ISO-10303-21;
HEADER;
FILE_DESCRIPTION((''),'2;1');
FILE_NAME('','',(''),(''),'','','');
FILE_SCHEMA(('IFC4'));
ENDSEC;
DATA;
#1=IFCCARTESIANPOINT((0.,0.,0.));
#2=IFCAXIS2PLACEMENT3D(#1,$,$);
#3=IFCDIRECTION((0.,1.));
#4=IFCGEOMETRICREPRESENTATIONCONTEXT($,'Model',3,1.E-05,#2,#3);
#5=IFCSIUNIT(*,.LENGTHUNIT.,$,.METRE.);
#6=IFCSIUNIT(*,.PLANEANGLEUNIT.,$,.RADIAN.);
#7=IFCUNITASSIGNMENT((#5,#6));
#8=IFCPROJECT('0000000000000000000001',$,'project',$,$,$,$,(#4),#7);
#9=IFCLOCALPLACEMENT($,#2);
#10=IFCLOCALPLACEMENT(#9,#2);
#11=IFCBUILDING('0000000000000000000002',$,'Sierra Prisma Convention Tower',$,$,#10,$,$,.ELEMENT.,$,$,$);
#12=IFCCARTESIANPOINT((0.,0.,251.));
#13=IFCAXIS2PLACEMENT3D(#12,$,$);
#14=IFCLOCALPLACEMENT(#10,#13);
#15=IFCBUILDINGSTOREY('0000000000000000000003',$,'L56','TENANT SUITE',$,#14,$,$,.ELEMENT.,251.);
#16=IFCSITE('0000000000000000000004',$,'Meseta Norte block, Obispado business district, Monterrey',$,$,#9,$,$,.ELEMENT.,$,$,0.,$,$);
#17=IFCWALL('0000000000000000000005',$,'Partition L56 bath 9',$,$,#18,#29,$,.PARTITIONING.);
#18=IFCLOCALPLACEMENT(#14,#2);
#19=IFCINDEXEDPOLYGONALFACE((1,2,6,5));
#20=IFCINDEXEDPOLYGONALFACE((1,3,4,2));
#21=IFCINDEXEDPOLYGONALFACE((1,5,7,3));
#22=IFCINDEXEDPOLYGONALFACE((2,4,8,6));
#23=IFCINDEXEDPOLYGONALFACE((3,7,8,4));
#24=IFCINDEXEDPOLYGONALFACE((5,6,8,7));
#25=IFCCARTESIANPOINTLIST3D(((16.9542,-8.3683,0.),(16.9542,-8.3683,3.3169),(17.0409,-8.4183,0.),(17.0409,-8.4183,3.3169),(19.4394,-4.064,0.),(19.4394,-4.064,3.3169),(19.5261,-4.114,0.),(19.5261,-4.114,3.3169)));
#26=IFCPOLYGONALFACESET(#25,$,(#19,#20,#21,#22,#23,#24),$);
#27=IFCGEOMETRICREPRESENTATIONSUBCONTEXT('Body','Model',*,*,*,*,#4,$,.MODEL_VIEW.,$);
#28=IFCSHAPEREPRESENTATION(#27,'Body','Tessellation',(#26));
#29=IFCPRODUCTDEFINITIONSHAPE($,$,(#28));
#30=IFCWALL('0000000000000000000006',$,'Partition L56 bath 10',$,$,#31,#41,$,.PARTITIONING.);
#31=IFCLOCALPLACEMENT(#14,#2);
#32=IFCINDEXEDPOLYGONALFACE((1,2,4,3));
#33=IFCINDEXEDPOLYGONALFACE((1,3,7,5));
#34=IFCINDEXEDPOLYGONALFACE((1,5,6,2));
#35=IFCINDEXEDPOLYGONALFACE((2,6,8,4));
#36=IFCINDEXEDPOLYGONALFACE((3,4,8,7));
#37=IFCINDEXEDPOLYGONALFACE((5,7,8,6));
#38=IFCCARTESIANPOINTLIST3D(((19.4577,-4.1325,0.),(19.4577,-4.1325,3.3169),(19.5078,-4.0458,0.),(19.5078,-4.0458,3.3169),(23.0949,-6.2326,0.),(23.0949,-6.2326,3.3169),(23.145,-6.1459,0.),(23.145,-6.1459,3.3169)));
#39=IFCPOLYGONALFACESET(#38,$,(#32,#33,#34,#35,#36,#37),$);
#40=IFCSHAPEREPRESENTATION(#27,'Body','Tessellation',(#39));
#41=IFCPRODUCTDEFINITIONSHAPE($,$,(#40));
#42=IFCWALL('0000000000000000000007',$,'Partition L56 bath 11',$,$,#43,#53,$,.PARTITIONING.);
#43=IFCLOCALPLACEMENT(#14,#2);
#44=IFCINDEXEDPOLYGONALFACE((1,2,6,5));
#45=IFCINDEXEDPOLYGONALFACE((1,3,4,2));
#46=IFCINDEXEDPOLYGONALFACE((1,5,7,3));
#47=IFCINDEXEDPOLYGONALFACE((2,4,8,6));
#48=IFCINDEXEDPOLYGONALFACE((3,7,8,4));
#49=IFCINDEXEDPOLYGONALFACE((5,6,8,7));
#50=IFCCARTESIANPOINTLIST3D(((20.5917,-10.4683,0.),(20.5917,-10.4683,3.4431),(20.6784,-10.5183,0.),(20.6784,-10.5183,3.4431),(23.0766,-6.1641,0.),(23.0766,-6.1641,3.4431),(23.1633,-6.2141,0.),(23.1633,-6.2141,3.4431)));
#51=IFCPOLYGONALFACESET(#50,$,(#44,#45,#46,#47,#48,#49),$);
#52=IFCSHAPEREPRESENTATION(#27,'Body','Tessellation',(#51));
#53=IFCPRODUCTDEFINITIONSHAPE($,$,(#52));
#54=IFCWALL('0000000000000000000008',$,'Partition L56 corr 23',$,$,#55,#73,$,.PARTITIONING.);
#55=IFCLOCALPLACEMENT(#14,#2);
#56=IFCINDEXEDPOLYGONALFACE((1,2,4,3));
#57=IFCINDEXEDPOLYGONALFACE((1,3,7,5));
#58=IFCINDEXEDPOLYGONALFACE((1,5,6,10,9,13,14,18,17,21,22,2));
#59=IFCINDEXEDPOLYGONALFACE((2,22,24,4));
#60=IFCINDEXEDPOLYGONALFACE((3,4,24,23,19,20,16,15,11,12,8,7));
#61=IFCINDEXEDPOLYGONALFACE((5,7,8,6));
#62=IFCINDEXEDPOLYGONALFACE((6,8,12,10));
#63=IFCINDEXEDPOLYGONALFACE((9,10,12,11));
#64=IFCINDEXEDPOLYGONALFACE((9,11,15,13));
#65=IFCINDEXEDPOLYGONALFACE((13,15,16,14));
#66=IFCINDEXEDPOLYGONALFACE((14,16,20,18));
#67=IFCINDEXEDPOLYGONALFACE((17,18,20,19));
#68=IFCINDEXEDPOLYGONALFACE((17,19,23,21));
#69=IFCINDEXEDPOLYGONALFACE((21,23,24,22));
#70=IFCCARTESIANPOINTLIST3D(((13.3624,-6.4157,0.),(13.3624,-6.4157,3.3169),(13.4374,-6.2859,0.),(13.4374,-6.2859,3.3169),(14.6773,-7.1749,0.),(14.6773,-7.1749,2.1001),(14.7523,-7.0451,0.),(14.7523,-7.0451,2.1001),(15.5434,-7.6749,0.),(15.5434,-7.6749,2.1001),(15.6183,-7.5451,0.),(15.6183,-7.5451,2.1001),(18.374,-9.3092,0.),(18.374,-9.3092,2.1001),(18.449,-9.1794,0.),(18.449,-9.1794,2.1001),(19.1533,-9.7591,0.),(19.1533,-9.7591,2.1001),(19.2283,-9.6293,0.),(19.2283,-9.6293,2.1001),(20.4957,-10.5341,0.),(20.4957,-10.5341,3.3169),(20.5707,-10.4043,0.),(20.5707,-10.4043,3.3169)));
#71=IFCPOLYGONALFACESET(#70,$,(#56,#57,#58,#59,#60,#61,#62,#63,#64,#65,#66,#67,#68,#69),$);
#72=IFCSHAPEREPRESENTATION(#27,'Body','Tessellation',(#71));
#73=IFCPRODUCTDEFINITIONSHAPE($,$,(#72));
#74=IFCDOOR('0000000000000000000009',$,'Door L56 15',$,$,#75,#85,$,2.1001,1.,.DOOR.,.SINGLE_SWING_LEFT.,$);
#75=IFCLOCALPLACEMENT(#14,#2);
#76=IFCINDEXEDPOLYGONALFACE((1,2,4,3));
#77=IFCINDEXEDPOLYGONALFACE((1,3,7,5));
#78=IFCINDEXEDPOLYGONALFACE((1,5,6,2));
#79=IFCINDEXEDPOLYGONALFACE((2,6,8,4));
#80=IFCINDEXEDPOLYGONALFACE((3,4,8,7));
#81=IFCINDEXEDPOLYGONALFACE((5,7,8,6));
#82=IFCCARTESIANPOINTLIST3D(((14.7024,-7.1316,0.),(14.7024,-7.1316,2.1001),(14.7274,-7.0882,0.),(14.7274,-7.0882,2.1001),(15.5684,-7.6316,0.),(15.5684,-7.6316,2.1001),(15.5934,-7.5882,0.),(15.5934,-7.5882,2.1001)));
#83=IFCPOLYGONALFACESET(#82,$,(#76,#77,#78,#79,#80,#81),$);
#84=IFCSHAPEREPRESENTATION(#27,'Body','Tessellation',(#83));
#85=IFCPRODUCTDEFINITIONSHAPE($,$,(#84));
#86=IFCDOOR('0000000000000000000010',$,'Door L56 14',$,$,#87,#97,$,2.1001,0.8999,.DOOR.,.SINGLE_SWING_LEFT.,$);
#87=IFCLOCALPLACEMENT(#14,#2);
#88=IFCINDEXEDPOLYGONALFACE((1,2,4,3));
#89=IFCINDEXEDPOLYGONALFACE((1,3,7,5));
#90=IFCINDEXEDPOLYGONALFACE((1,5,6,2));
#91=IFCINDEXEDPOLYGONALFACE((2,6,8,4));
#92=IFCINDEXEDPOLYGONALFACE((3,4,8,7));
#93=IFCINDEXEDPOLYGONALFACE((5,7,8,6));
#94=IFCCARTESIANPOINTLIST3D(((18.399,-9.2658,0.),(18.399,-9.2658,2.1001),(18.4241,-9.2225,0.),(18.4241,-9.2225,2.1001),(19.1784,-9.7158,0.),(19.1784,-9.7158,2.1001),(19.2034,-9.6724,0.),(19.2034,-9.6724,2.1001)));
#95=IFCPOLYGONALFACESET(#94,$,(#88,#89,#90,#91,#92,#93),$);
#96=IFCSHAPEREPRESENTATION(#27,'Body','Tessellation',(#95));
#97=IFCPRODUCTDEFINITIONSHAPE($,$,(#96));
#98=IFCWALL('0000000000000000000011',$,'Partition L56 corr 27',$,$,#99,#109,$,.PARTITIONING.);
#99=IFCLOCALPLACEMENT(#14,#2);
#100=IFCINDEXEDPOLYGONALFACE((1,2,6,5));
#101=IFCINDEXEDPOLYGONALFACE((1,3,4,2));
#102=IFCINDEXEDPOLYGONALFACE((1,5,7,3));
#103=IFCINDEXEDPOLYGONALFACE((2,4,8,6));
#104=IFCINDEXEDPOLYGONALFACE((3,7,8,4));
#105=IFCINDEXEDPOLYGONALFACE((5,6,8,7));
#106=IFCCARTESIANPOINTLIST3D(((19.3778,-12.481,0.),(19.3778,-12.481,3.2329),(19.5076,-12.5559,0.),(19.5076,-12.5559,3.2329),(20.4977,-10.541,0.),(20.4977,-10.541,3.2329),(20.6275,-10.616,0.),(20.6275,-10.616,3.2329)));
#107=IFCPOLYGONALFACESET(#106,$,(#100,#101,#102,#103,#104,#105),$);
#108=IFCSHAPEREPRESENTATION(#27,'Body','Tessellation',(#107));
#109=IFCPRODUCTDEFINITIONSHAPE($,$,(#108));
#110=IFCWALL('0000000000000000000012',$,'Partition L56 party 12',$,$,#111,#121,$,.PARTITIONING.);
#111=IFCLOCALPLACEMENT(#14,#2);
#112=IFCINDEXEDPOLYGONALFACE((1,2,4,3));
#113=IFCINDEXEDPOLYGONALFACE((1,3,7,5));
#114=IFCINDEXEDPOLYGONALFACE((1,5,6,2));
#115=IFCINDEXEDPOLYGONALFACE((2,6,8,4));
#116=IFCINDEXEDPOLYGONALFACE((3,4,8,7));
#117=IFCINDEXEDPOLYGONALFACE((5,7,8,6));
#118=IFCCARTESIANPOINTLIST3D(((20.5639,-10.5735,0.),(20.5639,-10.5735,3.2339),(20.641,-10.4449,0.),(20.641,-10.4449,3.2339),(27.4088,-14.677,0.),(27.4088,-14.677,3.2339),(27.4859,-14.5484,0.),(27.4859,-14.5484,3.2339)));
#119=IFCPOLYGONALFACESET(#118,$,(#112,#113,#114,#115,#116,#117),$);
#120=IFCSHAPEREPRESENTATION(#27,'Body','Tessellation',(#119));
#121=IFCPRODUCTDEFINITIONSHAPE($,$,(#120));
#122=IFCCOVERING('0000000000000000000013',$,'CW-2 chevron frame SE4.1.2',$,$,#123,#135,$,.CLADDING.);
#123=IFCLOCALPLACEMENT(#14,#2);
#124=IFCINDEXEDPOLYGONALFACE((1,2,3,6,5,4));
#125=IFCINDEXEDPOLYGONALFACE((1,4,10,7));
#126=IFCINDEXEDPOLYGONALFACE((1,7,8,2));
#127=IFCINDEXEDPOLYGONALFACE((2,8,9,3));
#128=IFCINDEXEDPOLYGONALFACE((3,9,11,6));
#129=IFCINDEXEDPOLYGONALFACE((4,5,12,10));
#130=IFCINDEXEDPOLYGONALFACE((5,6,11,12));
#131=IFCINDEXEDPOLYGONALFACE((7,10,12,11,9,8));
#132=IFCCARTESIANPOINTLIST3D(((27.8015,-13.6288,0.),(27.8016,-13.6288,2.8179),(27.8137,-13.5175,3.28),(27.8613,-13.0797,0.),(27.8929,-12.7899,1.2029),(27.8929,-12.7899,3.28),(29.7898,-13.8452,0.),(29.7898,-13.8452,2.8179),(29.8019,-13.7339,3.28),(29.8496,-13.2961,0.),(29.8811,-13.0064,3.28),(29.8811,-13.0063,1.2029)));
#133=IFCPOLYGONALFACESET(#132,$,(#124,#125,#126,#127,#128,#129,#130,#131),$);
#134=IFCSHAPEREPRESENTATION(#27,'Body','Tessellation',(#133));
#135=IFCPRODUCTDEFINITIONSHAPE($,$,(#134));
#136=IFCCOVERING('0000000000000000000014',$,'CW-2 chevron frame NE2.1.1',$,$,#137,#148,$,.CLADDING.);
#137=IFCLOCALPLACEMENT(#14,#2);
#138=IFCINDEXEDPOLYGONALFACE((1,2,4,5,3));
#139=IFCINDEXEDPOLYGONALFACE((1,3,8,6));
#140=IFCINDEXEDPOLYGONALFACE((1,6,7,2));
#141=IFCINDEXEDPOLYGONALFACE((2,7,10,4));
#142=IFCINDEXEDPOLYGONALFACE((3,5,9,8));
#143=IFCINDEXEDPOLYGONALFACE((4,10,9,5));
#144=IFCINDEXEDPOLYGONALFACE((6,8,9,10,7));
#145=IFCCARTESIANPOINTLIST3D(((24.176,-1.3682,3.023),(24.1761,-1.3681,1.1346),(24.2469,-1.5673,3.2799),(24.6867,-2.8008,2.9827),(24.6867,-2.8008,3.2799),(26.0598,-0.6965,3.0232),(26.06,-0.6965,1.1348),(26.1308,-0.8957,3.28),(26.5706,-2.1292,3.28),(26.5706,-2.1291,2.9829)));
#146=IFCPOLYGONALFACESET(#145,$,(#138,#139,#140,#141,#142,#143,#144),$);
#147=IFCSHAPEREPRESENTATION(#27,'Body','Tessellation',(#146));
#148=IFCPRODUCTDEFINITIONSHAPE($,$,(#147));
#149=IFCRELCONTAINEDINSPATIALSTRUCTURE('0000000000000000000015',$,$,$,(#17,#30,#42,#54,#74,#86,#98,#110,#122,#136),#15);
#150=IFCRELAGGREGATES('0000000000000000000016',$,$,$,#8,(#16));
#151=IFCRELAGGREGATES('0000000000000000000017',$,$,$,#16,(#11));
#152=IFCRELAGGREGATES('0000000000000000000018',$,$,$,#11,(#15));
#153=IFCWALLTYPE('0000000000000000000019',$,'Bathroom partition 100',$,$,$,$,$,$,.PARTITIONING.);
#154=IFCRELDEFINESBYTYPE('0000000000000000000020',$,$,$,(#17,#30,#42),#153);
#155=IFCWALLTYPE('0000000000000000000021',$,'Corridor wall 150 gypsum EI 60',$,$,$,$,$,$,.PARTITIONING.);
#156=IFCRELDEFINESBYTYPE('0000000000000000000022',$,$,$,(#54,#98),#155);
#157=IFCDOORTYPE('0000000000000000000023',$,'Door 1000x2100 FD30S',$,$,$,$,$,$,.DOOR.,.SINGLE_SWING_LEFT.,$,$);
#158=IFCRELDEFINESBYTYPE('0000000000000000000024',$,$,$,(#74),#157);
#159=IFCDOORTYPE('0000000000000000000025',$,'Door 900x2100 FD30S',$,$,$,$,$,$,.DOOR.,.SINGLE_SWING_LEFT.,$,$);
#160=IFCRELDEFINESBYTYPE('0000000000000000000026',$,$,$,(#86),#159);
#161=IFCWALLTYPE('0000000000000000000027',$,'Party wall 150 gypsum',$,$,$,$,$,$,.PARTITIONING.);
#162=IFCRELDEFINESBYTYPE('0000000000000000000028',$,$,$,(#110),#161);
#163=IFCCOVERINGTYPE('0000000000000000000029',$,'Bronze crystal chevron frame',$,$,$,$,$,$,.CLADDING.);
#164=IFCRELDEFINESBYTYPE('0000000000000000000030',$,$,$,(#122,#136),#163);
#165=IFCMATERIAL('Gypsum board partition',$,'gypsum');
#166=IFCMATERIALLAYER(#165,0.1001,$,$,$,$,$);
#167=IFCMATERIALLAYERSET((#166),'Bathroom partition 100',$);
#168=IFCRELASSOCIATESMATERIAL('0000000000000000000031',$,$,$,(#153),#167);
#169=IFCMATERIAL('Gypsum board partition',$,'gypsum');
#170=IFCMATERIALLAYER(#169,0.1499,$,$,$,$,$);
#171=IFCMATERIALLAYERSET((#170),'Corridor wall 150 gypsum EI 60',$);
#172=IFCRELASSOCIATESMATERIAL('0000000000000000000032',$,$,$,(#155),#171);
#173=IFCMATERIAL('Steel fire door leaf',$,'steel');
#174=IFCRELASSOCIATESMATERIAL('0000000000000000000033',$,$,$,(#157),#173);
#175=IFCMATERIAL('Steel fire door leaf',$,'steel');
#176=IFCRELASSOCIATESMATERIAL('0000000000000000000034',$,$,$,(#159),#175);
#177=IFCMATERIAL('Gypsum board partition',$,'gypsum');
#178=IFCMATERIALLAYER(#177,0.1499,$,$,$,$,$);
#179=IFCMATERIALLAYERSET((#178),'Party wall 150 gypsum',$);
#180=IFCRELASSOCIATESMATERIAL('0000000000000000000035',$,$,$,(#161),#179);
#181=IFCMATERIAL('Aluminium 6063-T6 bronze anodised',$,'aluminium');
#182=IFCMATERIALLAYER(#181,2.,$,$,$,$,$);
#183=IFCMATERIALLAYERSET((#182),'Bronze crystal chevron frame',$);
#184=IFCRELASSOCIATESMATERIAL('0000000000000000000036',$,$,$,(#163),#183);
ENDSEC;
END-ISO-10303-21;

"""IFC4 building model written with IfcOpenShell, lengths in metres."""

from ifc_helpers import new_model, si_unit, direction, frame, frame_2d, origin, place, context, subcontext, project, spatial, polyline, rectangle, outline, extrude, material, layer, layer_set, type_object, element, fill, save


model = new_model("IFC4")

# Units and contexts
model_context = context("Model", 3, precision=1e-05, world=origin(), true_north=direction((0.0, 1.0)))
body_context = subcontext(model_context, "Body", "Model", "MODEL_VIEW")
ifc_project = project(units=[si_unit("LENGTHUNIT", "METRE"), si_unit("PLANEANGLEUNIT", "RADIAN")], contexts=[model_context])

# Site, building, storey
site_placement = place(None, origin())
site = spatial("IfcSite", under=ifc_project, at=site_placement, Name="Meseta Norte block, Obispado business district, Monterrey", CompositionType="ELEMENT", RefElevation=0.0)
building_placement = place(site_placement, origin())
building = spatial("IfcBuilding", under=site, at=building_placement, Name="Sierra Prisma Convention Tower", CompositionType="ELEMENT")
storey_placement = place(building_placement, frame((0.0, 0.0, 251.0)))
storey = spatial("IfcBuildingStorey", under=building, at=storey_placement, Name="L56", Description="TENANT SUITE", CompositionType="ELEMENT", Elevation=251.0)

# Walls
ifc_material_1 = material(Name="Gypsum board partition", Category="gypsum")
ifc_layer_1 = layer(ifc_material_1, 0.1001)
ifc_layer_set_1 = layer_set([ifc_layer_1], Name="Bathroom partition 100")
wall_type_1 = type_object("IfcWallType", Name="Bathroom partition 100", PredefinedType="PARTITIONING", material=ifc_layer_set_1)
wall_1_placement = place(storey_placement, frame((16.9976, -8.3933, 0.0), z_axis=(0.0, 0.0, 1.0), x_axis=(0.500012, 0.866019, 0.0)))
element("IfcWall", 1, at=wall_1_placement, inside=storey, type_object=wall_type_1, Name="Partition L56 bath 9", PredefinedType="PARTITIONING", context=body_context, shape_type="SweptSolid", body=[
    extrude(rectangle(XDim=4.9702, YDim=0.1001, at=frame_2d((2.4851, 0.0))), origin(), (0.0, 0.0, 1.0), 3.3169),
])
wall_2_placement = place(storey_placement, frame((19.4827, -4.0891, 0.0), z_axis=(0.0, 0.0, 1.0), x_axis=(0.866009, -0.500028, 0.0)))
element("IfcWall", 2, at=wall_2_placement, inside=storey, type_object=wall_type_1, Name="Partition L56 bath 10", PredefinedType="PARTITIONING", context=body_context, shape_type="SweptSolid", body=[
    extrude(rectangle(XDim=4.2, YDim=0.1001, at=frame_2d((2.1001, 0.0))), origin(), (0.0, 0.0, 1.0), 3.3169),
])
wall_3_placement = place(storey_placement, frame((23.1199, -6.1892, 0.0), z_axis=(0.0, 0.0, 1.0), x_axis=(-0.499975, -0.86604, 0.0)))
element("IfcWall", 3, at=wall_3_placement, inside=storey, type_object=wall_type_1, Name="Partition L56 bath 11", PredefinedType="PARTITIONING", context=body_context, shape_type="SweptSolid", body=[
    extrude(rectangle(XDim=4.97, YDim=0.1001, at=frame_2d((2.4849, 0.0))), origin(), (0.0, 0.0, 1.0), 3.4431),
])

# Wall, openings, doors
ifc_material_2 = material(Name="Gypsum board partition", Category="gypsum")
ifc_layer_2 = layer(ifc_material_2, 0.1499)
ifc_layer_set_2 = layer_set([ifc_layer_2], Name="Corridor wall 150 gypsum EI 60")
wall_type_2 = type_object("IfcWallType", Name="Corridor wall 150 gypsum EI 60", PredefinedType="PARTITIONING", material=ifc_layer_set_2)
wall_4_placement = place(storey_placement, frame((20.5332, -10.4692, 0.0), z_axis=(0.0, 0.0, 1.0), x_axis=(-0.866026, 0.5, 0.0)))
wall_4 = element("IfcWall", 4, at=wall_4_placement, inside=storey, type_object=wall_type_2, Name="Partition L56 corr 23", PredefinedType="PARTITIONING", context=body_context, shape_type="SweptSolid", body=[
    extrude(rectangle(XDim=8.2368, YDim=0.1499, at=frame_2d((4.1184, 0.0))), origin(), (0.0, 0.0, 1.0), 3.3169),
])
opening_1_placement = place(wall_4_placement, frame((1.55, 0.0, 0.0)))
opening_1 = element("IfcOpeningElement", 5, at=opening_1_placement, cuts=wall_4, PredefinedType="OPENING", context=body_context, shape_type="SweptSolid", body=[
    extrude(rectangle(XDim=0.8999, YDim=2.1001, at=frame_2d((0.45, 1.05))), frame((0.0, 0.075, 0.0), z_axis=(0.0, -1.0, 0.0), x_axis=(1.0, 0.0, 0.0)), (0.0, 0.0, 1.0), 0.1499),
])
opening_2_placement = place(wall_4_placement, frame((5.7185, 0.0, 0.0)))
opening_2 = element("IfcOpeningElement", 6, at=opening_2_placement, cuts=wall_4, PredefinedType="OPENING", context=body_context, shape_type="SweptSolid", body=[
    extrude(rectangle(XDim=1.0, YDim=2.1001, at=frame_2d((0.5, 1.05))), frame((0.0, 0.075, 0.0), z_axis=(0.0, -1.0, 0.0), x_axis=(1.0, 0.0, 0.0)), (0.0, 0.0, 1.0), 0.1499),
])
ifc_material_3 = material(Name="Steel fire door leaf", Category="steel")
door_type_1 = type_object("IfcDoorType", Name="Door 1000x2100 FD30S", OperationType="SINGLE_SWING_LEFT", PredefinedType="DOOR", material=ifc_material_3)
door_1_placement = place(opening_2_placement, origin())
door_1 = element("IfcDoor", 7, at=door_1_placement, inside=storey, type_object=door_type_1, Name="Door L56 15", OperationType="SINGLE_SWING_LEFT", OverallHeight=2.1001, OverallWidth=1.0, PredefinedType="DOOR", context=body_context, shape_type="SweptSolid", body=[
    extrude(rectangle(XDim=1.0, YDim=2.1001, at=frame_2d((0.5, 1.05))), frame((0.0, 0.0249, 0.0), z_axis=(0.0, -1.0, 0.0), x_axis=(1.0, 0.0, 0.0)), (0.0, 0.0, 1.0), 0.05),
])
fill(opening_2, door_1)
ifc_material_4 = material(Name="Steel fire door leaf", Category="steel")
door_type_2 = type_object("IfcDoorType", Name="Door 900x2100 FD30S", OperationType="SINGLE_SWING_LEFT", PredefinedType="DOOR", material=ifc_material_4)
door_2_placement = place(opening_1_placement, origin())
door_2 = element("IfcDoor", 8, at=door_2_placement, inside=storey, type_object=door_type_2, Name="Door L56 14", OperationType="SINGLE_SWING_LEFT", OverallHeight=2.1001, OverallWidth=0.8999, PredefinedType="DOOR", context=body_context, shape_type="SweptSolid", body=[
    extrude(rectangle(XDim=0.8999, YDim=2.1001, at=frame_2d((0.45, 1.05))), frame((0.0, 0.0249, 0.0), z_axis=(0.0, -1.0, 0.0), x_axis=(1.0, 0.0, 0.0)), (0.0, 0.0, 1.0), 0.05),
])
fill(opening_1, door_2)

# Walls
wall_5_placement = place(storey_placement, frame((19.4426, -12.5186, 0.0), z_axis=(0.0, 0.0, 1.0), x_axis=(0.499949, 0.866055, 0.0)))
element("IfcWall", 9, at=wall_5_placement, inside=storey, type_object=wall_type_2, Name="Partition L56 corr 27", PredefinedType="PARTITIONING", context=body_context, shape_type="SweptSolid", body=[
    extrude(rectangle(XDim=2.24, YDim=0.1499, at=frame_2d((1.1201, 0.0))), origin(), (0.0, 0.0, 1.0), 3.2329),
])
ifc_material_5 = material(Name="Gypsum board partition", Category="gypsum")
ifc_layer_3 = layer(ifc_material_5, 0.1499)
ifc_layer_set_3 = layer_set([ifc_layer_3], Name="Party wall 150 gypsum")
wall_type_3 = type_object("IfcWallType", Name="Party wall 150 gypsum", PredefinedType="PARTITIONING", material=ifc_layer_set_3)
wall_6_placement = place(storey_placement, frame((20.6025, -10.5093, 0.0), z_axis=(0.0, 0.0, 1.0), x_axis=(0.857685, -0.514176, 0.0)))
element("IfcWall", 10, at=wall_6_placement, inside=storey, type_object=wall_type_3, Name="Partition L56 party 12", PredefinedType="PARTITIONING", context=body_context, shape_type="SweptSolid", body=[
    extrude(rectangle(XDim=7.9807, YDim=0.1499, at=frame_2d((3.9902, 0.0))), origin(), (0.0, 0.0, 1.0), 3.2339),
])

# Coverings
ifc_material_6 = material(Name="Aluminium 6063-T6 bronze anodised", Category="aluminium")
ifc_layer_4 = layer(ifc_material_6, 2.0)
ifc_layer_set_4 = layer_set([ifc_layer_4], Name="Bronze crystal chevron frame")
covering_type = type_object("IfcCoveringType", Name="Bronze crystal chevron frame", PredefinedType="CLADDING", material=ifc_layer_set_4)
covering_1_placement = place(storey_placement, frame((29.7898, -13.8452, 0.0), z_axis=(0.994128, -0.108212, -0.000007), x_axis=(0.108212, 0.994128, 0.0)))
element("IfcCovering", 11, at=covering_1_placement, inside=storey, type_object=covering_type, Name="CW-2 chevron frame SE4.1.2", PredefinedType="CLADDING", context=body_context, shape_type="SweptSolid", body=[
    extrude(outline(polyline([(0.0, 0.0), (0.5523, 0.0), (0.8438, 1.2029), (0.8438, 3.28), (0.112, 3.28), (0.0, 2.8179), (0.0, 0.0)])), origin(), (0.0, 0.0, -1.0), 2.0),
])
covering_2_placement = place(storey_placement, frame((26.5706, -2.1292, 3.28), z_axis=(0.941926, 0.335821, 0.000087), x_axis=(0.000082, 0.000029, -1.0)))
element("IfcCovering", 12, at=covering_2_placement, inside=storey, type_object=covering_type, Name="CW-2 chevron frame NE2.1.1", PredefinedType="CLADDING", context=body_context, shape_type="SweptSolid", body=[
    extrude(outline(polyline([(0.0, 0.0), (0.2971, 0.0), (2.1453, 1.5209), (0.2568, 1.5209), (0.0, 1.3095), (0.0, 0.0)])), origin(), (0.0, 0.0, -1.0), 2.0),
])

save(model, "model.ifc")
